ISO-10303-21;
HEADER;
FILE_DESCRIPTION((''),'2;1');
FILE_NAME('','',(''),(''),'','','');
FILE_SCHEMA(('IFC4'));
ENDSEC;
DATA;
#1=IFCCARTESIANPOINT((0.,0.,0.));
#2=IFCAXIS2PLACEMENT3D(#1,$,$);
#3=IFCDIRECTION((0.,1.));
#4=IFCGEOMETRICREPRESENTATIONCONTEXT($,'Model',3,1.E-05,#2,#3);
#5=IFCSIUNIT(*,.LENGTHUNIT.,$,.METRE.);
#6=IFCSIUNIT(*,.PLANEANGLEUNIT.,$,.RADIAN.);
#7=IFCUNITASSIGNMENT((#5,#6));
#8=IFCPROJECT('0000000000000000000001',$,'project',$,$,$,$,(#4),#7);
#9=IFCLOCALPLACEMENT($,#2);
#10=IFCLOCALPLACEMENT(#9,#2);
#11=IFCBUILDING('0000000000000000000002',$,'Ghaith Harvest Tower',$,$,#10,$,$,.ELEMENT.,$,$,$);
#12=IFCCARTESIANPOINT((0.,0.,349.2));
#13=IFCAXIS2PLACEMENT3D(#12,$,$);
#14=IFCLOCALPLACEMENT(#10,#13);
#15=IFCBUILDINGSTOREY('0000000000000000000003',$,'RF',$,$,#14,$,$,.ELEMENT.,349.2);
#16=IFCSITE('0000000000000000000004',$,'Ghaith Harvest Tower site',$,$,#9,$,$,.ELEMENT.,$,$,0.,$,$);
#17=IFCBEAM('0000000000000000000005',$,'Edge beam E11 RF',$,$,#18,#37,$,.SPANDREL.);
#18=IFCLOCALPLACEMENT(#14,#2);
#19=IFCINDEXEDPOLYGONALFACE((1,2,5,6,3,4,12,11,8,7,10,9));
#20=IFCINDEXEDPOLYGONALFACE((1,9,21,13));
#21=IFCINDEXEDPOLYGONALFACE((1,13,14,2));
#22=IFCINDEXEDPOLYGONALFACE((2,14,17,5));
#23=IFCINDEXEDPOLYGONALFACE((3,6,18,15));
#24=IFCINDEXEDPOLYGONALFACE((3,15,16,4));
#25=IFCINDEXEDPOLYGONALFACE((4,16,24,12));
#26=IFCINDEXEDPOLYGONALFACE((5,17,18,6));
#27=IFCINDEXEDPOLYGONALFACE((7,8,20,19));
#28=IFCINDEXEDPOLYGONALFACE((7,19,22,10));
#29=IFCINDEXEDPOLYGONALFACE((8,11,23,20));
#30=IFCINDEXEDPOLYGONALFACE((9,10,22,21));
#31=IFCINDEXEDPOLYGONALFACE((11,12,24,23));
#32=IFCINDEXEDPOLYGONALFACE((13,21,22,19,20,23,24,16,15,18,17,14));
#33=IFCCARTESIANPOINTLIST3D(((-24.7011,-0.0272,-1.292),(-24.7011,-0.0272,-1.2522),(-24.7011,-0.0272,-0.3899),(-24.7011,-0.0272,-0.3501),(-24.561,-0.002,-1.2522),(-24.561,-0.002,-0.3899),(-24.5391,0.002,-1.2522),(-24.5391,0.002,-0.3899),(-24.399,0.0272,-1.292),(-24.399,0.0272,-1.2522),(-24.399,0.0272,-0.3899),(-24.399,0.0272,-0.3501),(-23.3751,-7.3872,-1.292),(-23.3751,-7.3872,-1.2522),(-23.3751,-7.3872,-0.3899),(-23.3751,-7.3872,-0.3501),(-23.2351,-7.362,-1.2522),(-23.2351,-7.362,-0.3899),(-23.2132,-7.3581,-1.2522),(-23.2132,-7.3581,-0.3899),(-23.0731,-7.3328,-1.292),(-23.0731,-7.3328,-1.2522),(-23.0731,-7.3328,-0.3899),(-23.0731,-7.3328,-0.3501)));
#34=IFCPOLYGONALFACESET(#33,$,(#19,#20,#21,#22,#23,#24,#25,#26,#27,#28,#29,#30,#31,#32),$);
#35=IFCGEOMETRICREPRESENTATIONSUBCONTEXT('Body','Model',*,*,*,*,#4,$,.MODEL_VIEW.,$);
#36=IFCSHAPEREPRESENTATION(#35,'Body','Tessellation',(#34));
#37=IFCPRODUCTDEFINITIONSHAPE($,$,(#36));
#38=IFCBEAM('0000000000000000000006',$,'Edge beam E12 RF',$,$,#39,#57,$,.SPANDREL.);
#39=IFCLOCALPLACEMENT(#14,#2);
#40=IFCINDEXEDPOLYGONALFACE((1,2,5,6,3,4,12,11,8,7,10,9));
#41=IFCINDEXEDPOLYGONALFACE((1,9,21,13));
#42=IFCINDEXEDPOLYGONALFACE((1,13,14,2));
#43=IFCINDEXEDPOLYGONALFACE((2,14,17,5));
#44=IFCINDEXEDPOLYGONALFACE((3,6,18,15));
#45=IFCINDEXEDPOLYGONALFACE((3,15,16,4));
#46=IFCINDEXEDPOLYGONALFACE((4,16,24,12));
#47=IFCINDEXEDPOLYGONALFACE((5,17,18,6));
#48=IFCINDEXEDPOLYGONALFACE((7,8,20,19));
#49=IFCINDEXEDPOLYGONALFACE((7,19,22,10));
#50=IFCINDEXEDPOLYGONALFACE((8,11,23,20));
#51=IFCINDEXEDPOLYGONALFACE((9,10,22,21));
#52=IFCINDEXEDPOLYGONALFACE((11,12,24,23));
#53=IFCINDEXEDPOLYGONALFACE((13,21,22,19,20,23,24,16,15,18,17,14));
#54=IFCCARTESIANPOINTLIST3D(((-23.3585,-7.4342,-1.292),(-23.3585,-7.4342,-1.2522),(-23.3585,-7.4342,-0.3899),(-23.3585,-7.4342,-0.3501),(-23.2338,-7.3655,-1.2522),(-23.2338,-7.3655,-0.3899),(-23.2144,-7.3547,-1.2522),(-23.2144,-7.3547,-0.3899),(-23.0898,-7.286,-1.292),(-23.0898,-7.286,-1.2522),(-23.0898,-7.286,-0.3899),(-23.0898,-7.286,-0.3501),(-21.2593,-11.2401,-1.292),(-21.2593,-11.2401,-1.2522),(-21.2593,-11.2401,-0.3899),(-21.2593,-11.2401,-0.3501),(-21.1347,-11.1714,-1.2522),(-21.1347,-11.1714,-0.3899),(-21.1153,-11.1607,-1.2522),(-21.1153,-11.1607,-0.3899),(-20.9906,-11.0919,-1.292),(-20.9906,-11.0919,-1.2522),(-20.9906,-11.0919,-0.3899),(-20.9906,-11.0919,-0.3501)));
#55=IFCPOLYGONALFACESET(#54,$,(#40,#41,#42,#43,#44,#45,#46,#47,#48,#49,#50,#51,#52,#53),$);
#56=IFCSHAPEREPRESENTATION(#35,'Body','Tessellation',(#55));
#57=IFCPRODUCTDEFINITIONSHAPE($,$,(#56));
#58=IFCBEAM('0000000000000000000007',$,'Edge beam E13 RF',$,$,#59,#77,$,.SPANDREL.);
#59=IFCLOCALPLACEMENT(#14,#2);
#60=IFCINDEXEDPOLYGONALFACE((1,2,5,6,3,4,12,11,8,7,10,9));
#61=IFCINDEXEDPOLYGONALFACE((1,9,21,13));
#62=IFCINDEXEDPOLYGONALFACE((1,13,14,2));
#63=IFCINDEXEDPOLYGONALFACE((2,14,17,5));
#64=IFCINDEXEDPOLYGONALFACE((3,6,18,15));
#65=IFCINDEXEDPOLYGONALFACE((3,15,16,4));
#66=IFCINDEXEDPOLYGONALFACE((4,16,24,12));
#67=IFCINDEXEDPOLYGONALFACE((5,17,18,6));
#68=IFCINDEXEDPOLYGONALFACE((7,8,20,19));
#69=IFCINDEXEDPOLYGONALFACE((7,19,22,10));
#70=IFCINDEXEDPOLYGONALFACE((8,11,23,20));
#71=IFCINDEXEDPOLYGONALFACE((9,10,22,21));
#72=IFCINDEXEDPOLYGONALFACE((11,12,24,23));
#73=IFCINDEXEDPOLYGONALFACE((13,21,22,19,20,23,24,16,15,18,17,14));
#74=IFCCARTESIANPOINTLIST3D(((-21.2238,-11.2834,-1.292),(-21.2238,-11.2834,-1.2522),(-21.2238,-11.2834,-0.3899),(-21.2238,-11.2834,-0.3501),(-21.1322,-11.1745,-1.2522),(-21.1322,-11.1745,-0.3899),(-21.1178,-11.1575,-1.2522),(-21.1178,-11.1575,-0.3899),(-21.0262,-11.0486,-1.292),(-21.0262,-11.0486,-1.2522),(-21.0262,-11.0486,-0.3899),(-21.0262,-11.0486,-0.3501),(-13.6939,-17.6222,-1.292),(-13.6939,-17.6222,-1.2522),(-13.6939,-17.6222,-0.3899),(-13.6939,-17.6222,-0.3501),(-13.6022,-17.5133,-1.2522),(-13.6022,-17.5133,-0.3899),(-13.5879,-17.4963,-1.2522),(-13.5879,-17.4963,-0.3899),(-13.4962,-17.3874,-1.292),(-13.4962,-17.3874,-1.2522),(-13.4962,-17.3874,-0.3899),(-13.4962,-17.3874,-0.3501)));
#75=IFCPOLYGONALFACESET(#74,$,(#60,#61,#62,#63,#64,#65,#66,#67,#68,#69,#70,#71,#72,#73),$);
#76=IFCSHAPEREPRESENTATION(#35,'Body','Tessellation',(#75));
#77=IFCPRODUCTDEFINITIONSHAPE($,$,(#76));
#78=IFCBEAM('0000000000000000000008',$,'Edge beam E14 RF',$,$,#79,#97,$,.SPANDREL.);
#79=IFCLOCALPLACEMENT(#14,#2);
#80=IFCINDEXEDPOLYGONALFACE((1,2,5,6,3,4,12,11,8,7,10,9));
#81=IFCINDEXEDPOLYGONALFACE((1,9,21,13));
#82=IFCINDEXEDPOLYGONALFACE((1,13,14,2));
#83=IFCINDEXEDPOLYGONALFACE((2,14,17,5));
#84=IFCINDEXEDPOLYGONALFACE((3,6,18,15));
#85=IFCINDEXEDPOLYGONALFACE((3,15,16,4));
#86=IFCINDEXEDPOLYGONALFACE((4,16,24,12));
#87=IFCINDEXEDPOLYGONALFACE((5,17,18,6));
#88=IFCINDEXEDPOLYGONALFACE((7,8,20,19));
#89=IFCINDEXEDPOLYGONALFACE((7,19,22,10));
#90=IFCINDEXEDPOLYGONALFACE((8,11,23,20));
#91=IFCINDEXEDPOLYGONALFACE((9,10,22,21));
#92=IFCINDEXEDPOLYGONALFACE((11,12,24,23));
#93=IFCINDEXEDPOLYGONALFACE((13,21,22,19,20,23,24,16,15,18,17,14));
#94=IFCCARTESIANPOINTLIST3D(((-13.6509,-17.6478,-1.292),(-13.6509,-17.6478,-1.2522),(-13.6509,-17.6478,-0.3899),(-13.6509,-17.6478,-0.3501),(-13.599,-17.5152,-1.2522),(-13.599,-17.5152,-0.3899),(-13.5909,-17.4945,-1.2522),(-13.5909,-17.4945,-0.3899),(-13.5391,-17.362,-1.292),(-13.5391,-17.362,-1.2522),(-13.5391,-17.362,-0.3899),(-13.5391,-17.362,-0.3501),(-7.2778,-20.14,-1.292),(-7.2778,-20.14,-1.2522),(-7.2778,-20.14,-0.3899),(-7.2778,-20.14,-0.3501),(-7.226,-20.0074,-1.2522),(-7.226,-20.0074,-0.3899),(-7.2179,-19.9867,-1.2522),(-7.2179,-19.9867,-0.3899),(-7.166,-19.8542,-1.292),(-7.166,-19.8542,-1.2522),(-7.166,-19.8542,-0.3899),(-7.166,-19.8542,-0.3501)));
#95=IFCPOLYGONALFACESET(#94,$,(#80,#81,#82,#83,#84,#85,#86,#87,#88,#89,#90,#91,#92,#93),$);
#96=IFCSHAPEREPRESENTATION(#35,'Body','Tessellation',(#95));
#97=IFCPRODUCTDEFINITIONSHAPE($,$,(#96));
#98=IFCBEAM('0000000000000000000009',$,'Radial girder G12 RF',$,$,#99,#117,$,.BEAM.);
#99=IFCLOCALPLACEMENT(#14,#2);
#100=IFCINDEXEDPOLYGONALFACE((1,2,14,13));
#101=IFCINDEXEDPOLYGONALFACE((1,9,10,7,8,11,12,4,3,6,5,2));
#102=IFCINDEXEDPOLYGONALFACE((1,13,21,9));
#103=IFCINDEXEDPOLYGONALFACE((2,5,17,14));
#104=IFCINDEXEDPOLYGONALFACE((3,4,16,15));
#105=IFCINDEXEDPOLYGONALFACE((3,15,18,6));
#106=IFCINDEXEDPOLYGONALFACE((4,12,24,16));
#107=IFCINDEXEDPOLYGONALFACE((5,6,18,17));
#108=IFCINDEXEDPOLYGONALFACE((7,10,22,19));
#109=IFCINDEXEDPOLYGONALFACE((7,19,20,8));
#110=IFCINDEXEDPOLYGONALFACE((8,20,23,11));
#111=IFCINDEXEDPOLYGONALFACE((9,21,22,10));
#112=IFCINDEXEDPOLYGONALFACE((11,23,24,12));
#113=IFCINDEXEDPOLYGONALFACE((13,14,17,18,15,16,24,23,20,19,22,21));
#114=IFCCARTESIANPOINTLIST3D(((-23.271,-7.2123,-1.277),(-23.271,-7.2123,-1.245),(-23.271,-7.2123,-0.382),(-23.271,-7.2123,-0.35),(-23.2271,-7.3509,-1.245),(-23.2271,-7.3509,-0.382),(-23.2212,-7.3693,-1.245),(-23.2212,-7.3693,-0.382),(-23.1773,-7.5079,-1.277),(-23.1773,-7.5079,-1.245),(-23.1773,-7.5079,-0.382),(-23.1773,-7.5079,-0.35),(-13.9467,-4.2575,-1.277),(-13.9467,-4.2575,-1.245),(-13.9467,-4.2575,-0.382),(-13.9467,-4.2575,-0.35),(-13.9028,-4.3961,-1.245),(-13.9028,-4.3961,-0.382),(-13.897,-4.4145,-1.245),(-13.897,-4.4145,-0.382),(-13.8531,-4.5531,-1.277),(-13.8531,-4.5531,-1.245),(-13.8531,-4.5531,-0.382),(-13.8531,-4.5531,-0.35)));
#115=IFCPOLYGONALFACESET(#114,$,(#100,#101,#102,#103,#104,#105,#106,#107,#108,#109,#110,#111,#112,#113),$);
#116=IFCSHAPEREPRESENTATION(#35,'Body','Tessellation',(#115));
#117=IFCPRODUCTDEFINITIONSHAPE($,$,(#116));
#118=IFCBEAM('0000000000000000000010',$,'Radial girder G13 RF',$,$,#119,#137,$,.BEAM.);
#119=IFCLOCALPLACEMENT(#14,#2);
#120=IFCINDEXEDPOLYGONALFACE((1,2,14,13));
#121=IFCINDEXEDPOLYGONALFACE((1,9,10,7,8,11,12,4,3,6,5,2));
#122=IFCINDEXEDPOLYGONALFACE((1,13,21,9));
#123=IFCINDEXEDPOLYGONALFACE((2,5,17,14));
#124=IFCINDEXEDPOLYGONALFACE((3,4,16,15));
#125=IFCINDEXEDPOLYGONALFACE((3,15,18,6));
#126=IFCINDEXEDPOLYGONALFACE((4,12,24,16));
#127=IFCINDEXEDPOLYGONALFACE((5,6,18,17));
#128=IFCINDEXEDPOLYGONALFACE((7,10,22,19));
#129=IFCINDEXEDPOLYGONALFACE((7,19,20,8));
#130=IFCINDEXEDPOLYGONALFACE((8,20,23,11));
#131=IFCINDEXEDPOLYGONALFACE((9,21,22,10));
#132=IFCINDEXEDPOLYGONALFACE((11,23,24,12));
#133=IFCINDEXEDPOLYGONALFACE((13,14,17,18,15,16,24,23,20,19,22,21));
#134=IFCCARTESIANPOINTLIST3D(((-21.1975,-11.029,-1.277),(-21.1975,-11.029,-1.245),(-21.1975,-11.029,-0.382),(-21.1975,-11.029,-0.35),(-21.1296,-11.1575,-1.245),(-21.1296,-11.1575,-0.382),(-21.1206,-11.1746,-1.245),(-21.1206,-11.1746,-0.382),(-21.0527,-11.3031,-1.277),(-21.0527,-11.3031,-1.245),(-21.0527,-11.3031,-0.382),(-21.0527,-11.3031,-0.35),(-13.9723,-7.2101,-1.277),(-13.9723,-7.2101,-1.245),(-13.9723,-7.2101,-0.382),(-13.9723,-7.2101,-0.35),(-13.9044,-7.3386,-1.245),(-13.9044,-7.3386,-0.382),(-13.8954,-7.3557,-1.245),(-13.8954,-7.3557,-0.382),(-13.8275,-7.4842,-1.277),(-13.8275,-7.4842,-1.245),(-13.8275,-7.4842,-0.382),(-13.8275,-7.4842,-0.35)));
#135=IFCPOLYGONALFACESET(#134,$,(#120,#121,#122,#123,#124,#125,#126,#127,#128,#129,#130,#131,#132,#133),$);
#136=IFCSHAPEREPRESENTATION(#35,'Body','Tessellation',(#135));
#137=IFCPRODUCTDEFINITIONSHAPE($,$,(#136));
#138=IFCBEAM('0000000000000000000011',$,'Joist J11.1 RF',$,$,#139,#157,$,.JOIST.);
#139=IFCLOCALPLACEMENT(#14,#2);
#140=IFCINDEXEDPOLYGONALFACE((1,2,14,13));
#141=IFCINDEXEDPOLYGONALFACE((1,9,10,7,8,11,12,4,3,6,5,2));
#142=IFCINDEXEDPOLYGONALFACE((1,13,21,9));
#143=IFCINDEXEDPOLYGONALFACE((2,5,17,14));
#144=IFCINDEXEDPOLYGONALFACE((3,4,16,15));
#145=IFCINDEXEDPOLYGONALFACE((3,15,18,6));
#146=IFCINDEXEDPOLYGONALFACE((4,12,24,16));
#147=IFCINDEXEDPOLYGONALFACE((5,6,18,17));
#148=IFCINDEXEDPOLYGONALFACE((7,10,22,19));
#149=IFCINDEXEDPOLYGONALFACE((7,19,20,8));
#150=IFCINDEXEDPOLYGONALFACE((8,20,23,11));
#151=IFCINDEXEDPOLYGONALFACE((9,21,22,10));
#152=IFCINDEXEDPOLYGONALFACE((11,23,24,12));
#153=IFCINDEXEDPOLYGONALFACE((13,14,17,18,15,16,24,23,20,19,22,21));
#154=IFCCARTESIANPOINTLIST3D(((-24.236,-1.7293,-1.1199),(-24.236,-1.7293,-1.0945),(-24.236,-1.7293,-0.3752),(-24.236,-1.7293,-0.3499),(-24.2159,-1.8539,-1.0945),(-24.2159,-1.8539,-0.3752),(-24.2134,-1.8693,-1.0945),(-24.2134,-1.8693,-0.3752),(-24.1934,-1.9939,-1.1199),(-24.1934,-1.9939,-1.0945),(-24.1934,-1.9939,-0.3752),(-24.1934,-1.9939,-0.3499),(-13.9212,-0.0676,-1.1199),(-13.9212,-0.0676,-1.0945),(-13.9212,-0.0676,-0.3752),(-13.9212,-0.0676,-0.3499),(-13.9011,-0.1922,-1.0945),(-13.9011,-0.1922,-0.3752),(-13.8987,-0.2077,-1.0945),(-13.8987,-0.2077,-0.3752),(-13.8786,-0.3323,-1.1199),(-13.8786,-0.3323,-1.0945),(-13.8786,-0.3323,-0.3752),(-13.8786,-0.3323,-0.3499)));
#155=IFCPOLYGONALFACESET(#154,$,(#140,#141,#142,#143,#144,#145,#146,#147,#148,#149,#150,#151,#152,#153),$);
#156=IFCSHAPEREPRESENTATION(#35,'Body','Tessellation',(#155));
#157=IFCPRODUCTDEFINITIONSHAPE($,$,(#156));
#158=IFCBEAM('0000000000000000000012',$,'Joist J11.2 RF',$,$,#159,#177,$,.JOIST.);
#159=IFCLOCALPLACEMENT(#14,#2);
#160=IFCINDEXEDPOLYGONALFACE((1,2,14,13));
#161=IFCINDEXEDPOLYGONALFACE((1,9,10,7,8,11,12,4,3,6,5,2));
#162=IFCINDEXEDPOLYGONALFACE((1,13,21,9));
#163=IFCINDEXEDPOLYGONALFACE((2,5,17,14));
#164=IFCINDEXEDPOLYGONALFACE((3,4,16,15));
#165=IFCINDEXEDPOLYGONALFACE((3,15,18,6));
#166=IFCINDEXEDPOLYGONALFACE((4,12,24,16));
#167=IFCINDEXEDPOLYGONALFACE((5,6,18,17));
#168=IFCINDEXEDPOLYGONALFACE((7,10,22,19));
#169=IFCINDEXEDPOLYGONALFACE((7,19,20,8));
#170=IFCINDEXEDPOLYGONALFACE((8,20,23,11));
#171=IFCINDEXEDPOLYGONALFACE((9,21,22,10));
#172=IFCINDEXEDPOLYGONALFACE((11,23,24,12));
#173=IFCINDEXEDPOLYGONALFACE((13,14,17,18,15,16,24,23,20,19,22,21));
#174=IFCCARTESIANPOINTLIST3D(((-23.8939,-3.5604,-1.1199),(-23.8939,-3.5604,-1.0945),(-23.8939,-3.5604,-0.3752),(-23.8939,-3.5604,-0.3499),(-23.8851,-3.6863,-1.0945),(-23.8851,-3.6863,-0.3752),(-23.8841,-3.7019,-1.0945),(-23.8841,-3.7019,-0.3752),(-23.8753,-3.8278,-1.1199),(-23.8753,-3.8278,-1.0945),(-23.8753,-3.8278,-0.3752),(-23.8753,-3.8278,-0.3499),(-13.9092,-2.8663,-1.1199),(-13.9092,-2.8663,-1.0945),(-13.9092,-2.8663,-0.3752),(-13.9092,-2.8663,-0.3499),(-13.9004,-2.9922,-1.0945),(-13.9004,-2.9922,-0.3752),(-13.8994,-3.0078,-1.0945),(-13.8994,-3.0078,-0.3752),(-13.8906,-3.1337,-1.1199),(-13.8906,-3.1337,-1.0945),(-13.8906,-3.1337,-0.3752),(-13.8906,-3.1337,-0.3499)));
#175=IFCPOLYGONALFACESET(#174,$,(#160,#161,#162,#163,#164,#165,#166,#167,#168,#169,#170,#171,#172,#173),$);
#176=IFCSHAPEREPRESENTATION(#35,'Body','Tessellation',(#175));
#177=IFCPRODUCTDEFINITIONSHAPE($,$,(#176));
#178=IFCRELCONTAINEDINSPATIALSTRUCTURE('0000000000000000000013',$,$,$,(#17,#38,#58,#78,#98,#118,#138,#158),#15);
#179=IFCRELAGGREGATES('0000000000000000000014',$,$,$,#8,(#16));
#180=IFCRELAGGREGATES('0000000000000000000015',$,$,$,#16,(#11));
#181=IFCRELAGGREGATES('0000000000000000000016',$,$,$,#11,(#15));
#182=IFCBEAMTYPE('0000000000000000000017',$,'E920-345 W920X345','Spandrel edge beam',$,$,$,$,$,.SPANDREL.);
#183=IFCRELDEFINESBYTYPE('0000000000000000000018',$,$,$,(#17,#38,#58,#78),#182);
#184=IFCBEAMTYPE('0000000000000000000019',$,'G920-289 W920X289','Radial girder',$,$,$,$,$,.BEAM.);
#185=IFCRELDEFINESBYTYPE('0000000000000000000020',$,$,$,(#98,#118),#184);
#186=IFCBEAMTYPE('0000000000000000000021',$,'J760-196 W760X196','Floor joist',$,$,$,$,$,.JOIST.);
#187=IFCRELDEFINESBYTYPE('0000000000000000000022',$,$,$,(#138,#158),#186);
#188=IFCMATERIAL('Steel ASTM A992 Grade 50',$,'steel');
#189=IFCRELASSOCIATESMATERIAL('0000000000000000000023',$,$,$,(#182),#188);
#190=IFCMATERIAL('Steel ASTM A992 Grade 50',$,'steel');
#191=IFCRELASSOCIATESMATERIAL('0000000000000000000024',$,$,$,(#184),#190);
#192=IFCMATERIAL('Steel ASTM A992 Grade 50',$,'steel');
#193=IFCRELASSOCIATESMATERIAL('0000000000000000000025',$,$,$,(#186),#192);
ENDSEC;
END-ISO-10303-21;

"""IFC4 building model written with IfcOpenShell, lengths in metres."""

from ifc_helpers import new_model, si_unit, direction, frame, origin, origin_2d, place, context, subcontext, project, spatial, i_section, extrude, material, material_profile, profile_set, type_object, element, save


model = new_model("IFC4")

# Units and contexts
model_context = context("Model", 3, precision=1e-05, world=origin(), true_north=direction((0.0, 1.0)))
body_context = subcontext(model_context, "Body", "Model", "MODEL_VIEW")
ifc_project = project(units=[si_unit("LENGTHUNIT", "METRE"), si_unit("PLANEANGLEUNIT", "RADIAN")], contexts=[model_context])

# Site, building, storey
site_placement = place(None, origin())
site = spatial("IfcSite", under=ifc_project, at=site_placement, Name="Ghaith Harvest Tower site", CompositionType="ELEMENT", RefElevation=0.0)
building_placement = place(site_placement, origin())
building = spatial("IfcBuilding", under=site, at=building_placement, Name="Ghaith Harvest Tower", CompositionType="ELEMENT")
storey_placement = place(building_placement, frame((0.0, 0.0, 349.2)))
storey = spatial("IfcBuildingStorey", under=building, at=storey_placement, Name="RF", CompositionType="ELEMENT", Elevation=349.2)

# Beams
ifc_material_1 = material(Name="Steel ASTM A992 Grade 50", Category="steel")
ifc_material_profile_1 = material_profile(ifc_material_1, i_section(OverallWidth=0.3069, OverallDepth=0.9419, WebThickness=0.0222, FlangeThickness=0.0398, at=origin_2d()), Name="W920X345")
ifc_profile_set_1 = profile_set([ifc_material_profile_1], Name="Steel ASTM A992 Grade 50")
beam_type_1 = type_object("IfcBeamType", Name="E920-345 W920X345", Description="Spandrel edge beam", PredefinedType="SPANDREL", material=ifc_profile_set_1)
beam_1_placement = place(storey_placement, frame((-24.55, 0.0, -0.821), z_axis=(0.177297, -0.984157, 0.0), x_axis=(0.984157, 0.177297, 0.0)))
element("IfcBeam", 1, at=beam_1_placement, inside=storey, type_object=beam_type_1, Name="Edge beam E11 RF", PredefinedType="SPANDREL", context=body_context, shape_type="SweptSolid", body=[
    extrude(i_section(OverallWidth=0.3069, OverallDepth=0.9419, WebThickness=0.0222, FlangeThickness=0.0398, at=origin_2d()), origin(), (0.0, 0.0, 1.0), 7.4785),
])
beam_2_placement = place(storey_placement, frame((-23.2241, -7.3601, -0.821), z_axis=(0.482956, -0.875645, 0.0), x_axis=(0.875645, 0.482956, 0.0)))
element("IfcBeam", 2, at=beam_2_placement, inside=storey, type_object=beam_type_1, Name="Edge beam E12 RF", PredefinedType="SPANDREL", context=body_context, shape_type="SweptSolid", body=[
    extrude(i_section(OverallWidth=0.3069, OverallDepth=0.9419, WebThickness=0.0222, FlangeThickness=0.0398, at=origin_2d()), origin(), (0.0, 0.0, 1.0), 4.3464),
])
beam_3_placement = place(storey_placement, frame((-21.125, -11.166, -0.821), z_axis=(0.765022, -0.644004, 0.0), x_axis=(0.644004, 0.765022, 0.0)))
element("IfcBeam", 3, at=beam_3_placement, inside=storey, type_object=beam_type_1, Name="Edge beam E13 RF", PredefinedType="SPANDREL", context=body_context, shape_type="SweptSolid", body=[
    extrude(i_section(OverallWidth=0.3069, OverallDepth=0.9419, WebThickness=0.0222, FlangeThickness=0.0398, at=origin_2d()), origin(), (0.0, 0.0, 1.0), 9.8428),
])
beam_4_placement = place(storey_placement, frame((-13.595, -17.5049, -0.821), z_axis=(0.931323, -0.364195, 0.0), x_axis=(0.364195, 0.931323, 0.0)))
element("IfcBeam", 4, at=beam_4_placement, inside=storey, type_object=beam_type_1, Name="Edge beam E14 RF", PredefinedType="SPANDREL", context=body_context, shape_type="SweptSolid", body=[
    extrude(i_section(OverallWidth=0.3069, OverallDepth=0.9419, WebThickness=0.0222, FlangeThickness=0.0398, at=origin_2d()), origin(), (0.0, 0.0, 1.0), 6.843),
])
ifc_material_2 = material(Name="Steel ASTM A992 Grade 50", Category="steel")
ifc_material_profile_2 = material_profile(ifc_material_2, i_section(OverallWidth=0.3101, OverallDepth=0.927, WebThickness=0.0193, FlangeThickness=0.032, at=origin_2d()), Name="W920X289")
ifc_profile_set_2 = profile_set([ifc_material_profile_2], Name="Steel ASTM A992 Grade 50")
beam_type_2 = type_object("IfcBeamType", Name="G920-289 W920X289", Description="Radial girder", PredefinedType="BEAM", material=ifc_profile_set_2)
beam_5_placement = place(storey_placement, frame((-13.8999, -4.4053, -0.8135), z_axis=(-0.953279, -0.302093, 0.0), x_axis=(0.302093, -0.953279, 0.0)))
element("IfcBeam", 5, at=beam_5_placement, inside=storey, type_object=beam_type_2, Name="Radial girder G12 RF", PredefinedType="BEAM", context=body_context, shape_type="SweptSolid", body=[
    extrude(i_section(OverallWidth=0.3101, OverallDepth=0.927, WebThickness=0.0193, FlangeThickness=0.032, at=origin_2d()), origin(), (0.0, 0.0, 1.0), 9.7812),
])
beam_6_placement = place(storey_placement, frame((-13.8999, -7.3472, -0.8135), z_axis=(-0.884102, -0.467295, 0.0), x_axis=(0.467295, -0.884102, 0.0)))
element("IfcBeam", 6, at=beam_6_placement, inside=storey, type_object=beam_type_2, Name="Radial girder G13 RF", PredefinedType="BEAM", context=body_context, shape_type="SweptSolid", body=[
    extrude(i_section(OverallWidth=0.3101, OverallDepth=0.927, WebThickness=0.0193, FlangeThickness=0.032, at=origin_2d()), origin(), (0.0, 0.0, 1.0), 8.1724),
])
ifc_material_3 = material(Name="Steel ASTM A992 Grade 50", Category="steel")
ifc_material_profile_3 = material_profile(ifc_material_3, i_section(OverallWidth=0.2681, OverallDepth=0.77, WebThickness=0.0156, FlangeThickness=0.0254, at=origin_2d()), Name="W760X196")
ifc_profile_set_3 = profile_set([ifc_material_profile_3], Name="Steel ASTM A992 Grade 50")
beam_type_3 = type_object("IfcBeamType", Name="J760-196 W760X196", Description="Floor joist", PredefinedType="JOIST", material=ifc_profile_set_3)
beam_7_placement = place(storey_placement, frame((-13.8999, -0.2, -0.7349), z_axis=(-0.987272, -0.159042, 0.0), x_axis=(0.159042, -0.987272, 0.0)))
element("IfcBeam", 7, at=beam_7_placement, inside=storey, type_object=beam_type_3, Name="Joist J11.1 RF", PredefinedType="JOIST", context=body_context, shape_type="SweptSolid", body=[
    extrude(i_section(OverallWidth=0.2681, OverallDepth=0.77, WebThickness=0.0156, FlangeThickness=0.0254, at=origin_2d()), origin(), (0.0, 0.0, 1.0), 10.4478),
])
beam_8_placement = place(storey_placement, frame((-13.8999, -3.0, -0.7349), z_axis=(-0.997592, -0.069349, 0.0), x_axis=(0.069349, -0.997592, 0.0)))
element("IfcBeam", 8, at=beam_8_placement, inside=storey, type_object=beam_type_3, Name="Joist J11.2 RF", PredefinedType="JOIST", context=body_context, shape_type="SweptSolid", body=[
    extrude(i_section(OverallWidth=0.2681, OverallDepth=0.77, WebThickness=0.0156, FlangeThickness=0.0254, at=origin_2d()), origin(), (0.0, 0.0, 1.0), 10.0088),
])

save(model, "model.ifc")
